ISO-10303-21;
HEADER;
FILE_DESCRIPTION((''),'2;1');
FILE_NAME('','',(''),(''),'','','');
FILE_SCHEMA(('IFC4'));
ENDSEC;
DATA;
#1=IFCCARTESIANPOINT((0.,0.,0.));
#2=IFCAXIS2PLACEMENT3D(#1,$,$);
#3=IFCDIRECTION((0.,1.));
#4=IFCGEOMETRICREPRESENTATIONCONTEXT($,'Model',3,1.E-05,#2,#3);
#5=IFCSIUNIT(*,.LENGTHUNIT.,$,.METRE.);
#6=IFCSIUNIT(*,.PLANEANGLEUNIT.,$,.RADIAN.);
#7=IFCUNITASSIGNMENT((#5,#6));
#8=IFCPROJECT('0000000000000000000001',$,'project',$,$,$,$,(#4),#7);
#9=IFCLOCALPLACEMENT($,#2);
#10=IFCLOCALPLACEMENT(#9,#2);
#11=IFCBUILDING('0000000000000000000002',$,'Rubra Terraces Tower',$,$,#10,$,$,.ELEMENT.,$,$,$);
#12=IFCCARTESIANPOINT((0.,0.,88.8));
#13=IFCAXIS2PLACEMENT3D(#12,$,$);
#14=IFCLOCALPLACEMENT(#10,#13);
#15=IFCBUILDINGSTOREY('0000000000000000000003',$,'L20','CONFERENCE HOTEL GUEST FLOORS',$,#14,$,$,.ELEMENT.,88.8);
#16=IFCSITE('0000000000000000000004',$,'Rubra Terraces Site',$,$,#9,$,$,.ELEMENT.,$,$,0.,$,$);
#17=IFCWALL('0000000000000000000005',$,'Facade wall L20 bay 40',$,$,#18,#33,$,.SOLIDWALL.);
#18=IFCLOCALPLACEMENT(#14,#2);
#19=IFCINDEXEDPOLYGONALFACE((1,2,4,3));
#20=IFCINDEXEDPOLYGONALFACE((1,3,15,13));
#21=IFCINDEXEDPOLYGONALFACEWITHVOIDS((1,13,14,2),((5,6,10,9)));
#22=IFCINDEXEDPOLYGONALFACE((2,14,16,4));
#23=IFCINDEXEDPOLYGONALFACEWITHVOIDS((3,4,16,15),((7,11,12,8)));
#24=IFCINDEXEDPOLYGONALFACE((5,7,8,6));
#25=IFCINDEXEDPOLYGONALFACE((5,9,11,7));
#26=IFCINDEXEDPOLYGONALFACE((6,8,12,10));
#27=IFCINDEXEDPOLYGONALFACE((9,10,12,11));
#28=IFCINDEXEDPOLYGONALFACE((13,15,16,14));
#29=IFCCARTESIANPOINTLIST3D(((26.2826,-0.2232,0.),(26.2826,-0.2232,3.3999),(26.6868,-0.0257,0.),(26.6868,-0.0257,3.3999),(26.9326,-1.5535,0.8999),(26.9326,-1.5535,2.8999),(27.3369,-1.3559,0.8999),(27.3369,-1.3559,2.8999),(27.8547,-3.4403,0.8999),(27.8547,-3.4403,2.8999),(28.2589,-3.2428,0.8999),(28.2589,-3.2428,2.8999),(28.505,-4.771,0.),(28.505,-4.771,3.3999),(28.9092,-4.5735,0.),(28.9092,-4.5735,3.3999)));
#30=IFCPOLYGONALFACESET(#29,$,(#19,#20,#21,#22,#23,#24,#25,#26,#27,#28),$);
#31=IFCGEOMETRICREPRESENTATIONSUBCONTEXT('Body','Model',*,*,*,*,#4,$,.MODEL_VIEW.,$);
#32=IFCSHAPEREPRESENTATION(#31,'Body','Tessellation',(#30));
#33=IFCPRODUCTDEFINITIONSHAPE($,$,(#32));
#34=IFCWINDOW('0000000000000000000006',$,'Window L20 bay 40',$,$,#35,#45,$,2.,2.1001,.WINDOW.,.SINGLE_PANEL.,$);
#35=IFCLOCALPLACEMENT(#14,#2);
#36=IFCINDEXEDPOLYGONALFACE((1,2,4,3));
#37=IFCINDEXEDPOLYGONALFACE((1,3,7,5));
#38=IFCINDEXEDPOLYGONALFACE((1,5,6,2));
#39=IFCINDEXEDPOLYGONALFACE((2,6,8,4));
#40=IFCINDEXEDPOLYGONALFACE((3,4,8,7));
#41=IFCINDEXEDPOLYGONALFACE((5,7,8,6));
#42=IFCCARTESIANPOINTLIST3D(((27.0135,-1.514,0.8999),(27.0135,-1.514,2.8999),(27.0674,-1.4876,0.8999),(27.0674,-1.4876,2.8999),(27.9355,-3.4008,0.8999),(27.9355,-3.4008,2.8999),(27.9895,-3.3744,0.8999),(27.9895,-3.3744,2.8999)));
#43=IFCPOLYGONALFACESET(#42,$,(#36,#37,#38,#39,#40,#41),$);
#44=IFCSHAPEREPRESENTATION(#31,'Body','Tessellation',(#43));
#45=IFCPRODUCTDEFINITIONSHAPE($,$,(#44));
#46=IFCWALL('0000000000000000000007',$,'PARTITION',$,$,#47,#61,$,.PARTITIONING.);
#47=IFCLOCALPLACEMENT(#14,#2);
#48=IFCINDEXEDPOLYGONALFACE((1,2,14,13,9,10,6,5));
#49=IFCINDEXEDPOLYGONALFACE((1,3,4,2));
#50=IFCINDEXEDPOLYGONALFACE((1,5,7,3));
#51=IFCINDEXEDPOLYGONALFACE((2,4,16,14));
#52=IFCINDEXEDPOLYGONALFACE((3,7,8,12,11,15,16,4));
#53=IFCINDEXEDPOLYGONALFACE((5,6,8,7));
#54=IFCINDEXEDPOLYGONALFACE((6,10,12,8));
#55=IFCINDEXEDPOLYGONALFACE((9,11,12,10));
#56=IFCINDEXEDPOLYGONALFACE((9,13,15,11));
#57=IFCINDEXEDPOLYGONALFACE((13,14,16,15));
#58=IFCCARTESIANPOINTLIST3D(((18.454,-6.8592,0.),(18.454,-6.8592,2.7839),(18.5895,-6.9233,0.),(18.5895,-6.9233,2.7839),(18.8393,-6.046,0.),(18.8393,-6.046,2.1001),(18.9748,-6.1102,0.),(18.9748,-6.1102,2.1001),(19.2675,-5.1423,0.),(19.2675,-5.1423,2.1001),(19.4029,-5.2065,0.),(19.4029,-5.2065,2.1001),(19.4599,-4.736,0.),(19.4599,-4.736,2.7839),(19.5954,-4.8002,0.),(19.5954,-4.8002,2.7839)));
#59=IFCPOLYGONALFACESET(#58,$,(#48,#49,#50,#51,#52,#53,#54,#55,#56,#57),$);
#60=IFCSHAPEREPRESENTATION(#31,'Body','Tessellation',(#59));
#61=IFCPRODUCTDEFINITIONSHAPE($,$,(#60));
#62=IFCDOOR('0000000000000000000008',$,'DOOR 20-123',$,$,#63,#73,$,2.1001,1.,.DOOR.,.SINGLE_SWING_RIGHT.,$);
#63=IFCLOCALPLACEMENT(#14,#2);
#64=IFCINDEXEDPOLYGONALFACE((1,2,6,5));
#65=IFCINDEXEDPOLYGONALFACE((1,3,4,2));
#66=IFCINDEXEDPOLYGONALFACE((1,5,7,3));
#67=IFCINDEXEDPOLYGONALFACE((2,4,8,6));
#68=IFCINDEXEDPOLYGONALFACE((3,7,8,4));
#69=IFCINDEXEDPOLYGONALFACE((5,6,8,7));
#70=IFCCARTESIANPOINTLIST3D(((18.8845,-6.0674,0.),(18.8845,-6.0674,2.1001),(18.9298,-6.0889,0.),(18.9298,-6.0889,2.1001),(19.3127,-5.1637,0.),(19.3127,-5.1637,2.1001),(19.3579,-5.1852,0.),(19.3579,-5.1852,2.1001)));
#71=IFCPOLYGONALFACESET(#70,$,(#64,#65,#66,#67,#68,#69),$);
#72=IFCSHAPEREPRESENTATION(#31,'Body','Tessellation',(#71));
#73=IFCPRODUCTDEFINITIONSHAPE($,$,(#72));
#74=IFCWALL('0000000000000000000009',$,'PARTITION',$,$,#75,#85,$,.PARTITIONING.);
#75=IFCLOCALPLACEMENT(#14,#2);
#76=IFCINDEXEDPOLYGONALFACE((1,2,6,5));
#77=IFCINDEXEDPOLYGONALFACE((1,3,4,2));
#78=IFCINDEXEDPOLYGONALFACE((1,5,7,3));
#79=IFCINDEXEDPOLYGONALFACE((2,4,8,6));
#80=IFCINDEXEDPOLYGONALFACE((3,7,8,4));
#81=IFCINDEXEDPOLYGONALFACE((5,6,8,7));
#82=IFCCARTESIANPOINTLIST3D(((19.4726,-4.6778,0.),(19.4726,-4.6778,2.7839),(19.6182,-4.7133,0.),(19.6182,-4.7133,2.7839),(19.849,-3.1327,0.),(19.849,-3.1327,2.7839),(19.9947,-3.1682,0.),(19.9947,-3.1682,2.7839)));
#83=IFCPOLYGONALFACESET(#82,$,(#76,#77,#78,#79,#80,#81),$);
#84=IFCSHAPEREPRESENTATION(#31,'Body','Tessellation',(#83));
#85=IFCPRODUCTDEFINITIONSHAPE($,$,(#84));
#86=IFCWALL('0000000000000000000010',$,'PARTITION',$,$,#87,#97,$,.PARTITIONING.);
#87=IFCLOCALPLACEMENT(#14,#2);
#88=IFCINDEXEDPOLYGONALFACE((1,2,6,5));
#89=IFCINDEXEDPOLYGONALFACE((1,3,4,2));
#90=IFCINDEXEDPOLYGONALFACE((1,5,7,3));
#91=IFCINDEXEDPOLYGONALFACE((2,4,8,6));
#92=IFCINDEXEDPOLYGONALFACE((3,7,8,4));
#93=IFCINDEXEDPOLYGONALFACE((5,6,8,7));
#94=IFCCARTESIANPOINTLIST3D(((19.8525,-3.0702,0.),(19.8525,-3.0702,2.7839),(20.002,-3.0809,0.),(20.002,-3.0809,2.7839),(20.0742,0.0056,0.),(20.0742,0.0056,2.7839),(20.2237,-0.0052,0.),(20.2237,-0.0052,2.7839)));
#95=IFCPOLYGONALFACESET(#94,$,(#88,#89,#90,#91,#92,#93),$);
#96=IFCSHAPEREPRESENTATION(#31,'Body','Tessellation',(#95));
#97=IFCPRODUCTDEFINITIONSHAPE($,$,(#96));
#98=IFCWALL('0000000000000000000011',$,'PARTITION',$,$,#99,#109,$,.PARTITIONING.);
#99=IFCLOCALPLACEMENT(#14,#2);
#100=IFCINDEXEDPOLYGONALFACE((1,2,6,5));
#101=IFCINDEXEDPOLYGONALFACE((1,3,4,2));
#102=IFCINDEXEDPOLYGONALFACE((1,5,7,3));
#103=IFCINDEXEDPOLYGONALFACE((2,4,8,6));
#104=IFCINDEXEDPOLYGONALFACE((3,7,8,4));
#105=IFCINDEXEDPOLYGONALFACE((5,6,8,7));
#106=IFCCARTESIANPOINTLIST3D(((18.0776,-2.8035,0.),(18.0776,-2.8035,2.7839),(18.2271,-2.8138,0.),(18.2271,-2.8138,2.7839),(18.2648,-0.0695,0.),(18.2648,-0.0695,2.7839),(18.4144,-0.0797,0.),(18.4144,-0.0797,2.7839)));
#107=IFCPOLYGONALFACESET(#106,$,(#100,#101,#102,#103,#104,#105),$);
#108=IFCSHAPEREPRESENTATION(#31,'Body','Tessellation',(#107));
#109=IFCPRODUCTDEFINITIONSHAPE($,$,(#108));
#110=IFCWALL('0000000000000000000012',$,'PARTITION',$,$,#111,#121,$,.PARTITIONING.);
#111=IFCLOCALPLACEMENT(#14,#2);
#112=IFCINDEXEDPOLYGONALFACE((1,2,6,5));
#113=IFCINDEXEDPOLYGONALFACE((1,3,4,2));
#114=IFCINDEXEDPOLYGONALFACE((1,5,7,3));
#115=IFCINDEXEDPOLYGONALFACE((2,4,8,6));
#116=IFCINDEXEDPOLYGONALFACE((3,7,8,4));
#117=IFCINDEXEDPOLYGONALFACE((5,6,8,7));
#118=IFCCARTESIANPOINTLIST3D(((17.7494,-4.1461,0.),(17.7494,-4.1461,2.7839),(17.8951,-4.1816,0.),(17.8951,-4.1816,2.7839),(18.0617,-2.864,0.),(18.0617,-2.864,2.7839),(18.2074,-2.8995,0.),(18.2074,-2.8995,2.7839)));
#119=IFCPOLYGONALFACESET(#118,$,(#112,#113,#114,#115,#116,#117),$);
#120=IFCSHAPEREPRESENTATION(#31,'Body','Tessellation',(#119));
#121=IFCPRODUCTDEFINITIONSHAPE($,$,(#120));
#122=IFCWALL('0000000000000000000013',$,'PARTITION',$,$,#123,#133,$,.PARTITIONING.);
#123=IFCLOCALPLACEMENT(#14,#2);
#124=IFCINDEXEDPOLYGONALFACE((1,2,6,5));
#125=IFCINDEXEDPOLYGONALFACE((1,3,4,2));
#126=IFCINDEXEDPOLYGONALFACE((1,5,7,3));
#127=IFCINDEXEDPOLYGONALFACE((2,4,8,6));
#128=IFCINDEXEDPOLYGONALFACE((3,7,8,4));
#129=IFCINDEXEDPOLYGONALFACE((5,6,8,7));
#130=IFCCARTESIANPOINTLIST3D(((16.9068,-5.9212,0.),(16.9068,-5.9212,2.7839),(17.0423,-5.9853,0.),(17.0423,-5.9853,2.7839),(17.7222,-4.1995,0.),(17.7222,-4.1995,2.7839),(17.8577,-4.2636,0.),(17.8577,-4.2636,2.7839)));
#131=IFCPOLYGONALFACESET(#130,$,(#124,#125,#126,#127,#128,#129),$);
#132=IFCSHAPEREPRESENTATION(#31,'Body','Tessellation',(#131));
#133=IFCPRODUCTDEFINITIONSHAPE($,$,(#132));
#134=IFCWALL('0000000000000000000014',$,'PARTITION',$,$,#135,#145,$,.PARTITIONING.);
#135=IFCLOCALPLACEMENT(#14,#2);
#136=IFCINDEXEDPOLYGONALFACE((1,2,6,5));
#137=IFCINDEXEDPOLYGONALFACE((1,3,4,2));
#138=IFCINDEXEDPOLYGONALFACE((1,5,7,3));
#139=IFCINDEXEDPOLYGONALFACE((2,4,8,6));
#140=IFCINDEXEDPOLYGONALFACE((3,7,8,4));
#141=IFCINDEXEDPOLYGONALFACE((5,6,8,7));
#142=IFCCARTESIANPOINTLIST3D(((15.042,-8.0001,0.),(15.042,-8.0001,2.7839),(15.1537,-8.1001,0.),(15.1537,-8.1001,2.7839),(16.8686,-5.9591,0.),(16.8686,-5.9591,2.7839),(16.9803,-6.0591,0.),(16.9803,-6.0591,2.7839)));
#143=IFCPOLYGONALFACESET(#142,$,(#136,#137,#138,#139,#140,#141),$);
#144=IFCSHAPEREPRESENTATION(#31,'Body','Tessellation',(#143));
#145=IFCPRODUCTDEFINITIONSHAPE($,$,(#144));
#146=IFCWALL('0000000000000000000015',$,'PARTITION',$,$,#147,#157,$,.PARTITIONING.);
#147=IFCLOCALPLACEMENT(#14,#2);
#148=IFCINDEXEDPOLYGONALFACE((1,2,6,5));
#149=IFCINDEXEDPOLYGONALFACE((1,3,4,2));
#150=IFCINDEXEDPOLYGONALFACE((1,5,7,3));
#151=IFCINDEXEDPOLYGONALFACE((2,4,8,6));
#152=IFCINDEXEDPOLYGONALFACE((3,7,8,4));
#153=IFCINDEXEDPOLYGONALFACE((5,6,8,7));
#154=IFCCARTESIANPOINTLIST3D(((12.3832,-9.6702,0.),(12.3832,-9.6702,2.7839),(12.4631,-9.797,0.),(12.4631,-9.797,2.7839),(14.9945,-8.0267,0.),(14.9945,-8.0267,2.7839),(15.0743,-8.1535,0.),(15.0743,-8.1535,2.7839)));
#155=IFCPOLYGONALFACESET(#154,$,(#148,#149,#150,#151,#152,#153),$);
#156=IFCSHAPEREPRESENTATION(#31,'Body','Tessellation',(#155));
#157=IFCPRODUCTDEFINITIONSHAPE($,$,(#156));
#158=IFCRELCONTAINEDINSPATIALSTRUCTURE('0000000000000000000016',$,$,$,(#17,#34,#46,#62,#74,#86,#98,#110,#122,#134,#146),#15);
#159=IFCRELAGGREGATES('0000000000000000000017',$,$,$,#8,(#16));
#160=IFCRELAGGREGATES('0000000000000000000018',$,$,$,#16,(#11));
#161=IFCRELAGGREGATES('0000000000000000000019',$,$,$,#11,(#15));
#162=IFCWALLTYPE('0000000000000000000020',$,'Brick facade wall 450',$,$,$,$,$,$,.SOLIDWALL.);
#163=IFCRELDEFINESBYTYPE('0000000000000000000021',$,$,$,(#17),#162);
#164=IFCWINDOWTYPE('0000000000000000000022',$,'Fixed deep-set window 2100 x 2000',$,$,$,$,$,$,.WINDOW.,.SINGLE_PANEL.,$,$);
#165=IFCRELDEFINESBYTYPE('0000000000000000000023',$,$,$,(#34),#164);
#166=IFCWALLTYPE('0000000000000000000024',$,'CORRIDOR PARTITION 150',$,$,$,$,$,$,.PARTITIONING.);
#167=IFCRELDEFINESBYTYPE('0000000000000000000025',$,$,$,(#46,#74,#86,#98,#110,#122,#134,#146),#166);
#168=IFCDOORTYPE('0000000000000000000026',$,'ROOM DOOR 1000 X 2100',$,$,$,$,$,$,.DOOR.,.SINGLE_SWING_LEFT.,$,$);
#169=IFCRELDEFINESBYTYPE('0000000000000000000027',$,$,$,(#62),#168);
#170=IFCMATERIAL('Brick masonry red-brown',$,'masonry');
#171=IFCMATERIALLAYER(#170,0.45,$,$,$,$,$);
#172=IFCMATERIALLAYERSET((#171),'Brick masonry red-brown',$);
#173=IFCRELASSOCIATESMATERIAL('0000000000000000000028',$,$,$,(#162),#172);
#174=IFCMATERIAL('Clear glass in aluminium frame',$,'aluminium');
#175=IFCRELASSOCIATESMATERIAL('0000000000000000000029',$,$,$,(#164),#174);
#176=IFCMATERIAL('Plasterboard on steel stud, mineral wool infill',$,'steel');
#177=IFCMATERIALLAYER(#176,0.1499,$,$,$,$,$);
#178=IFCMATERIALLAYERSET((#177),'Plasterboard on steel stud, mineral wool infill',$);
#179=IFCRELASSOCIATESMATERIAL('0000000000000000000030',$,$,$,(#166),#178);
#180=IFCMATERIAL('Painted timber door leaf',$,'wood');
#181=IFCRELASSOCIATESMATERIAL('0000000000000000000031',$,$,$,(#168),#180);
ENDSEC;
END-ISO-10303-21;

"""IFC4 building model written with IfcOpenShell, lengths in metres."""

from ifc_helpers import new_model, si_unit, direction, frame, frame_2d, origin, place, context, subcontext, project, spatial, rectangle, extrude, material, layer, layer_set, type_object, element, fill, save


model = new_model("IFC4")

# Units and contexts
model_context = context("Model", 3, precision=1e-05, world=origin(), true_north=direction((0.0, 1.0)))
body_context = subcontext(model_context, "Body", "Model", "MODEL_VIEW")
ifc_project = project(units=[si_unit("LENGTHUNIT", "METRE"), si_unit("PLANEANGLEUNIT", "RADIAN")], contexts=[model_context])

# Site, building, storey
site_placement = place(None, origin())
site = spatial("IfcSite", under=ifc_project, at=site_placement, Name="Rubra Terraces Site", CompositionType="ELEMENT", RefElevation=0.0)
building_placement = place(site_placement, origin())
building = spatial("IfcBuilding", under=site, at=building_placement, Name="Rubra Terraces Tower", CompositionType="ELEMENT")
storey_placement = place(building_placement, frame((0.0, 0.0, 88.8)))
storey = spatial("IfcBuildingStorey", under=building, at=storey_placement, Name="L20", Description="CONFERENCE HOTEL GUEST FLOORS", CompositionType="ELEMENT", Elevation=88.8)

# Wall, opening, window
ifc_material_1 = material(Name="Brick masonry red-brown", Category="masonry")
ifc_layer_1 = layer(ifc_material_1, 0.45)
ifc_layer_set_1 = layer_set([ifc_layer_1], Name="Brick masonry red-brown")
wall_type_1 = type_object("IfcWallType", Name="Brick facade wall 450", PredefinedType="SOLIDWALL", material=ifc_layer_set_1)
ifc_material_2 = material(Name="Clear glass in aluminium frame", Category="aluminium")
window_type = type_object("IfcWindowType", Name="Fixed deep-set window 2100 x 2000", PartitioningType="SINGLE_PANEL", PredefinedType="WINDOW", material=ifc_material_2)
wall_1_placement = place(storey_placement, frame((28.707, -4.6721, 0.0), z_axis=(0.0, 0.0, 1.0), x_axis=(-0.439054, 0.898461, 0.0)))
wall_1 = element("IfcWall", 1, at=wall_1_placement, inside=storey, type_object=wall_type_1, Name="Facade wall L20 bay 40", PredefinedType="SOLIDWALL", context=body_context, shape_type="SweptSolid", body=[
    extrude(rectangle(XDim=5.0618, YDim=0.45, at=frame_2d((2.5308, 0.0))), origin(), (0.0, 0.0, 1.0), 3.3999),
])
opening_1_placement = place(wall_1_placement, frame((1.481, 0.0, 0.8999)))
opening_1 = element("IfcOpeningElement", 2, at=opening_1_placement, cuts=wall_1, PredefinedType="OPENING", context=body_context, shape_type="SweptSolid", body=[
    extrude(rectangle(XDim=2.1001, YDim=2.0, at=frame_2d((1.05, 1.0))), frame((0.0, 0.2349, 0.0), z_axis=(0.0, -1.0, 0.0), x_axis=(1.0, 0.0, 0.0)), (0.0, 0.0, 1.0), 0.47),
])
window_1_placement = place(opening_1_placement, origin())
window_1 = element("IfcWindow", 3, at=window_1_placement, inside=storey, type_object=window_type, Name="Window L20 bay 40", OverallHeight=2.0, OverallWidth=2.1001, PartitioningType="SINGLE_PANEL", PredefinedType="WINDOW", context=body_context, shape_type="SweptSolid", body=[
    extrude(rectangle(XDim=2.1001, YDim=2.0, at=frame_2d((1.05, 1.0))), frame((0.0, 0.135, 0.0), z_axis=(0.0, -1.0, 0.0), x_axis=(1.0, 0.0, 0.0)), (0.0, 0.0, 1.0), 0.0601),
])
fill(opening_1, window_1)

# Wall, opening, door
ifc_material_3 = material(Name="Plasterboard on steel stud, mineral wool infill", Category="steel")
ifc_layer_2 = layer(ifc_material_3, 0.1499)
ifc_layer_set_2 = layer_set([ifc_layer_2], Name="Plasterboard on steel stud, mineral wool infill")
wall_type_2 = type_object("IfcWallType", Name="CORRIDOR PARTITION 150", PredefinedType="PARTITIONING", material=ifc_layer_set_2)
wall_2_placement = place(storey_placement, frame((18.5217, -6.8914, 0.0), z_axis=(0.0, 0.0, 1.0), x_axis=(0.428158, 0.903704, 0.0)))
wall_2 = element("IfcWall", 4, at=wall_2_placement, inside=storey, type_object=wall_type_2, Name="PARTITION", PredefinedType="PARTITIONING", context=body_context, shape_type="SweptSolid", body=[
    extrude(rectangle(XDim=2.3494, YDim=0.1499, at=frame_2d((1.1748, 0.0))), origin(), (0.0, 0.0, 1.0), 2.7839),
])
opening_2_placement = place(wall_2_placement, frame((0.8999, 0.0, 0.0)))
opening_2 = element("IfcOpeningElement", 5, at=opening_2_placement, cuts=wall_2, PredefinedType="OPENING", context=body_context, shape_type="SweptSolid", body=[
    extrude(rectangle(XDim=1.0, YDim=2.1001, at=frame_2d((0.5, 1.05))), frame((0.0, 0.085, 0.0), z_axis=(0.0, -1.0, 0.0), x_axis=(1.0, 0.0, 0.0)), (0.0, 0.0, 1.0), 0.1699),
])
ifc_material_4 = material(Name="Painted timber door leaf", Category="wood")
door_type_1 = type_object("IfcDoorType", Name="ROOM DOOR 1000 X 2100", OperationType="SINGLE_SWING_LEFT", PredefinedType="DOOR", material=ifc_material_4)
door_1_placement = place(opening_2_placement, origin())
door_1 = element("IfcDoor", 6, at=door_1_placement, inside=storey, type_object=door_type_1, Name="DOOR 20-123", OperationType="SINGLE_SWING_RIGHT", OverallHeight=2.1001, OverallWidth=1.0, PredefinedType="DOOR", context=body_context, shape_type="SweptSolid", body=[
    extrude(rectangle(XDim=1.0, YDim=2.1001, at=frame_2d((0.5, 1.05))), frame((0.0, 0.0249, 0.0), z_axis=(0.0, -1.0, 0.0), x_axis=(1.0, 0.0, 0.0)), (0.0, 0.0, 1.0), 0.05),
])
fill(opening_2, door_1)

# Walls
wall_3_placement = place(storey_placement, frame((19.5454, -4.6956, 0.0), z_axis=(0.0, 0.0, 1.0), x_axis=(0.236716, 0.971579, 0.0)))
element("IfcWall", 7, at=wall_3_placement, inside=storey, type_object=wall_type_2, Name="PARTITION", PredefinedType="PARTITIONING", context=body_context, shape_type="SweptSolid", body=[
    extrude(rectangle(XDim=1.5903, YDim=0.1499, at=frame_2d((0.7952, 0.0))), origin(), (0.0, 0.0, 1.0), 2.7839),
])
wall_4_placement = place(storey_placement, frame((19.9272, -3.0757, 0.0), z_axis=(0.0, 0.0, 1.0), x_axis=(0.071888, 0.997413, 0.0)))
element("IfcWall", 8, at=wall_4_placement, inside=storey, type_object=wall_type_2, Name="PARTITION", PredefinedType="PARTITIONING", context=body_context, shape_type="SweptSolid", body=[
    extrude(rectangle(XDim=3.0837, YDim=0.1499, at=frame_2d((1.542, 0.0))), origin(), (0.0, 0.0, 1.0), 2.7839),
])
wall_5_placement = place(storey_placement, frame((18.3396, -0.0747, 0.0), z_axis=(0.0, 0.0, 1.0), x_axis=(-0.068328, -0.997663, 0.0)))
element("IfcWall", 9, at=wall_5_placement, inside=storey, type_object=wall_type_2, Name="PARTITION", PredefinedType="PARTITIONING", context=body_context, shape_type="SweptSolid", body=[
    extrude(rectangle(XDim=2.7405, YDim=0.1499, at=frame_2d((1.3701, 0.0))), origin(), (0.0, 0.0, 1.0), 2.7839),
])
wall_6_placement = place(storey_placement, frame((18.1345, -2.8818, 0.0), z_axis=(0.0, 0.0, 1.0), x_axis=(-0.236654, -0.971594, 0.0)))
element("IfcWall", 10, at=wall_6_placement, inside=storey, type_object=wall_type_2, Name="PARTITION", PredefinedType="PARTITIONING", context=body_context, shape_type="SweptSolid", body=[
    extrude(rectangle(XDim=1.3196, YDim=0.1499, at=frame_2d((0.6597, 0.0))), origin(), (0.0, 0.0, 1.0), 2.7839),
])
wall_7_placement = place(storey_placement, frame((17.79, -4.2314, 0.0), z_axis=(0.0, 0.0, 1.0), x_axis=(-0.428042, -0.903759, 0.0)))
element("IfcWall", 11, at=wall_7_placement, inside=storey, type_object=wall_type_2, Name="PARTITION", PredefinedType="PARTITIONING", context=body_context, shape_type="SweptSolid", body=[
    extrude(rectangle(XDim=1.905, YDim=0.1499, at=frame_2d((0.9526, 0.0))), origin(), (0.0, 0.0, 1.0), 2.7839),
])
wall_8_placement = place(storey_placement, frame((16.9246, -6.009, 0.0), z_axis=(0.0, 0.0, 1.0), x_axis=(-0.666894, -0.745153, 0.0)))
element("IfcWall", 12, at=wall_8_placement, inside=storey, type_object=wall_type_2, Name="PARTITION", PredefinedType="PARTITIONING", context=body_context, shape_type="SweptSolid", body=[
    extrude(rectangle(XDim=2.739, YDim=0.1499, at=frame_2d((1.3696, 0.0))), origin(), (0.0, 0.0, 1.0), 2.7839),
])
wall_9_placement = place(storey_placement, frame((15.0344, -8.0901, 0.0), z_axis=(0.0, 0.0, 1.0), x_axis=(-0.846323, -0.532671, 0.0)))
element("IfcWall", 13, at=wall_9_placement, inside=storey, type_object=wall_type_2, Name="PARTITION", PredefinedType="PARTITIONING", context=body_context, shape_type="SweptSolid", body=[
    extrude(rectangle(XDim=3.0854, YDim=0.1499, at=frame_2d((1.5427, 0.0))), origin(), (0.0, 0.0, 1.0), 2.7839),
])

save(model, "model.ifc")
